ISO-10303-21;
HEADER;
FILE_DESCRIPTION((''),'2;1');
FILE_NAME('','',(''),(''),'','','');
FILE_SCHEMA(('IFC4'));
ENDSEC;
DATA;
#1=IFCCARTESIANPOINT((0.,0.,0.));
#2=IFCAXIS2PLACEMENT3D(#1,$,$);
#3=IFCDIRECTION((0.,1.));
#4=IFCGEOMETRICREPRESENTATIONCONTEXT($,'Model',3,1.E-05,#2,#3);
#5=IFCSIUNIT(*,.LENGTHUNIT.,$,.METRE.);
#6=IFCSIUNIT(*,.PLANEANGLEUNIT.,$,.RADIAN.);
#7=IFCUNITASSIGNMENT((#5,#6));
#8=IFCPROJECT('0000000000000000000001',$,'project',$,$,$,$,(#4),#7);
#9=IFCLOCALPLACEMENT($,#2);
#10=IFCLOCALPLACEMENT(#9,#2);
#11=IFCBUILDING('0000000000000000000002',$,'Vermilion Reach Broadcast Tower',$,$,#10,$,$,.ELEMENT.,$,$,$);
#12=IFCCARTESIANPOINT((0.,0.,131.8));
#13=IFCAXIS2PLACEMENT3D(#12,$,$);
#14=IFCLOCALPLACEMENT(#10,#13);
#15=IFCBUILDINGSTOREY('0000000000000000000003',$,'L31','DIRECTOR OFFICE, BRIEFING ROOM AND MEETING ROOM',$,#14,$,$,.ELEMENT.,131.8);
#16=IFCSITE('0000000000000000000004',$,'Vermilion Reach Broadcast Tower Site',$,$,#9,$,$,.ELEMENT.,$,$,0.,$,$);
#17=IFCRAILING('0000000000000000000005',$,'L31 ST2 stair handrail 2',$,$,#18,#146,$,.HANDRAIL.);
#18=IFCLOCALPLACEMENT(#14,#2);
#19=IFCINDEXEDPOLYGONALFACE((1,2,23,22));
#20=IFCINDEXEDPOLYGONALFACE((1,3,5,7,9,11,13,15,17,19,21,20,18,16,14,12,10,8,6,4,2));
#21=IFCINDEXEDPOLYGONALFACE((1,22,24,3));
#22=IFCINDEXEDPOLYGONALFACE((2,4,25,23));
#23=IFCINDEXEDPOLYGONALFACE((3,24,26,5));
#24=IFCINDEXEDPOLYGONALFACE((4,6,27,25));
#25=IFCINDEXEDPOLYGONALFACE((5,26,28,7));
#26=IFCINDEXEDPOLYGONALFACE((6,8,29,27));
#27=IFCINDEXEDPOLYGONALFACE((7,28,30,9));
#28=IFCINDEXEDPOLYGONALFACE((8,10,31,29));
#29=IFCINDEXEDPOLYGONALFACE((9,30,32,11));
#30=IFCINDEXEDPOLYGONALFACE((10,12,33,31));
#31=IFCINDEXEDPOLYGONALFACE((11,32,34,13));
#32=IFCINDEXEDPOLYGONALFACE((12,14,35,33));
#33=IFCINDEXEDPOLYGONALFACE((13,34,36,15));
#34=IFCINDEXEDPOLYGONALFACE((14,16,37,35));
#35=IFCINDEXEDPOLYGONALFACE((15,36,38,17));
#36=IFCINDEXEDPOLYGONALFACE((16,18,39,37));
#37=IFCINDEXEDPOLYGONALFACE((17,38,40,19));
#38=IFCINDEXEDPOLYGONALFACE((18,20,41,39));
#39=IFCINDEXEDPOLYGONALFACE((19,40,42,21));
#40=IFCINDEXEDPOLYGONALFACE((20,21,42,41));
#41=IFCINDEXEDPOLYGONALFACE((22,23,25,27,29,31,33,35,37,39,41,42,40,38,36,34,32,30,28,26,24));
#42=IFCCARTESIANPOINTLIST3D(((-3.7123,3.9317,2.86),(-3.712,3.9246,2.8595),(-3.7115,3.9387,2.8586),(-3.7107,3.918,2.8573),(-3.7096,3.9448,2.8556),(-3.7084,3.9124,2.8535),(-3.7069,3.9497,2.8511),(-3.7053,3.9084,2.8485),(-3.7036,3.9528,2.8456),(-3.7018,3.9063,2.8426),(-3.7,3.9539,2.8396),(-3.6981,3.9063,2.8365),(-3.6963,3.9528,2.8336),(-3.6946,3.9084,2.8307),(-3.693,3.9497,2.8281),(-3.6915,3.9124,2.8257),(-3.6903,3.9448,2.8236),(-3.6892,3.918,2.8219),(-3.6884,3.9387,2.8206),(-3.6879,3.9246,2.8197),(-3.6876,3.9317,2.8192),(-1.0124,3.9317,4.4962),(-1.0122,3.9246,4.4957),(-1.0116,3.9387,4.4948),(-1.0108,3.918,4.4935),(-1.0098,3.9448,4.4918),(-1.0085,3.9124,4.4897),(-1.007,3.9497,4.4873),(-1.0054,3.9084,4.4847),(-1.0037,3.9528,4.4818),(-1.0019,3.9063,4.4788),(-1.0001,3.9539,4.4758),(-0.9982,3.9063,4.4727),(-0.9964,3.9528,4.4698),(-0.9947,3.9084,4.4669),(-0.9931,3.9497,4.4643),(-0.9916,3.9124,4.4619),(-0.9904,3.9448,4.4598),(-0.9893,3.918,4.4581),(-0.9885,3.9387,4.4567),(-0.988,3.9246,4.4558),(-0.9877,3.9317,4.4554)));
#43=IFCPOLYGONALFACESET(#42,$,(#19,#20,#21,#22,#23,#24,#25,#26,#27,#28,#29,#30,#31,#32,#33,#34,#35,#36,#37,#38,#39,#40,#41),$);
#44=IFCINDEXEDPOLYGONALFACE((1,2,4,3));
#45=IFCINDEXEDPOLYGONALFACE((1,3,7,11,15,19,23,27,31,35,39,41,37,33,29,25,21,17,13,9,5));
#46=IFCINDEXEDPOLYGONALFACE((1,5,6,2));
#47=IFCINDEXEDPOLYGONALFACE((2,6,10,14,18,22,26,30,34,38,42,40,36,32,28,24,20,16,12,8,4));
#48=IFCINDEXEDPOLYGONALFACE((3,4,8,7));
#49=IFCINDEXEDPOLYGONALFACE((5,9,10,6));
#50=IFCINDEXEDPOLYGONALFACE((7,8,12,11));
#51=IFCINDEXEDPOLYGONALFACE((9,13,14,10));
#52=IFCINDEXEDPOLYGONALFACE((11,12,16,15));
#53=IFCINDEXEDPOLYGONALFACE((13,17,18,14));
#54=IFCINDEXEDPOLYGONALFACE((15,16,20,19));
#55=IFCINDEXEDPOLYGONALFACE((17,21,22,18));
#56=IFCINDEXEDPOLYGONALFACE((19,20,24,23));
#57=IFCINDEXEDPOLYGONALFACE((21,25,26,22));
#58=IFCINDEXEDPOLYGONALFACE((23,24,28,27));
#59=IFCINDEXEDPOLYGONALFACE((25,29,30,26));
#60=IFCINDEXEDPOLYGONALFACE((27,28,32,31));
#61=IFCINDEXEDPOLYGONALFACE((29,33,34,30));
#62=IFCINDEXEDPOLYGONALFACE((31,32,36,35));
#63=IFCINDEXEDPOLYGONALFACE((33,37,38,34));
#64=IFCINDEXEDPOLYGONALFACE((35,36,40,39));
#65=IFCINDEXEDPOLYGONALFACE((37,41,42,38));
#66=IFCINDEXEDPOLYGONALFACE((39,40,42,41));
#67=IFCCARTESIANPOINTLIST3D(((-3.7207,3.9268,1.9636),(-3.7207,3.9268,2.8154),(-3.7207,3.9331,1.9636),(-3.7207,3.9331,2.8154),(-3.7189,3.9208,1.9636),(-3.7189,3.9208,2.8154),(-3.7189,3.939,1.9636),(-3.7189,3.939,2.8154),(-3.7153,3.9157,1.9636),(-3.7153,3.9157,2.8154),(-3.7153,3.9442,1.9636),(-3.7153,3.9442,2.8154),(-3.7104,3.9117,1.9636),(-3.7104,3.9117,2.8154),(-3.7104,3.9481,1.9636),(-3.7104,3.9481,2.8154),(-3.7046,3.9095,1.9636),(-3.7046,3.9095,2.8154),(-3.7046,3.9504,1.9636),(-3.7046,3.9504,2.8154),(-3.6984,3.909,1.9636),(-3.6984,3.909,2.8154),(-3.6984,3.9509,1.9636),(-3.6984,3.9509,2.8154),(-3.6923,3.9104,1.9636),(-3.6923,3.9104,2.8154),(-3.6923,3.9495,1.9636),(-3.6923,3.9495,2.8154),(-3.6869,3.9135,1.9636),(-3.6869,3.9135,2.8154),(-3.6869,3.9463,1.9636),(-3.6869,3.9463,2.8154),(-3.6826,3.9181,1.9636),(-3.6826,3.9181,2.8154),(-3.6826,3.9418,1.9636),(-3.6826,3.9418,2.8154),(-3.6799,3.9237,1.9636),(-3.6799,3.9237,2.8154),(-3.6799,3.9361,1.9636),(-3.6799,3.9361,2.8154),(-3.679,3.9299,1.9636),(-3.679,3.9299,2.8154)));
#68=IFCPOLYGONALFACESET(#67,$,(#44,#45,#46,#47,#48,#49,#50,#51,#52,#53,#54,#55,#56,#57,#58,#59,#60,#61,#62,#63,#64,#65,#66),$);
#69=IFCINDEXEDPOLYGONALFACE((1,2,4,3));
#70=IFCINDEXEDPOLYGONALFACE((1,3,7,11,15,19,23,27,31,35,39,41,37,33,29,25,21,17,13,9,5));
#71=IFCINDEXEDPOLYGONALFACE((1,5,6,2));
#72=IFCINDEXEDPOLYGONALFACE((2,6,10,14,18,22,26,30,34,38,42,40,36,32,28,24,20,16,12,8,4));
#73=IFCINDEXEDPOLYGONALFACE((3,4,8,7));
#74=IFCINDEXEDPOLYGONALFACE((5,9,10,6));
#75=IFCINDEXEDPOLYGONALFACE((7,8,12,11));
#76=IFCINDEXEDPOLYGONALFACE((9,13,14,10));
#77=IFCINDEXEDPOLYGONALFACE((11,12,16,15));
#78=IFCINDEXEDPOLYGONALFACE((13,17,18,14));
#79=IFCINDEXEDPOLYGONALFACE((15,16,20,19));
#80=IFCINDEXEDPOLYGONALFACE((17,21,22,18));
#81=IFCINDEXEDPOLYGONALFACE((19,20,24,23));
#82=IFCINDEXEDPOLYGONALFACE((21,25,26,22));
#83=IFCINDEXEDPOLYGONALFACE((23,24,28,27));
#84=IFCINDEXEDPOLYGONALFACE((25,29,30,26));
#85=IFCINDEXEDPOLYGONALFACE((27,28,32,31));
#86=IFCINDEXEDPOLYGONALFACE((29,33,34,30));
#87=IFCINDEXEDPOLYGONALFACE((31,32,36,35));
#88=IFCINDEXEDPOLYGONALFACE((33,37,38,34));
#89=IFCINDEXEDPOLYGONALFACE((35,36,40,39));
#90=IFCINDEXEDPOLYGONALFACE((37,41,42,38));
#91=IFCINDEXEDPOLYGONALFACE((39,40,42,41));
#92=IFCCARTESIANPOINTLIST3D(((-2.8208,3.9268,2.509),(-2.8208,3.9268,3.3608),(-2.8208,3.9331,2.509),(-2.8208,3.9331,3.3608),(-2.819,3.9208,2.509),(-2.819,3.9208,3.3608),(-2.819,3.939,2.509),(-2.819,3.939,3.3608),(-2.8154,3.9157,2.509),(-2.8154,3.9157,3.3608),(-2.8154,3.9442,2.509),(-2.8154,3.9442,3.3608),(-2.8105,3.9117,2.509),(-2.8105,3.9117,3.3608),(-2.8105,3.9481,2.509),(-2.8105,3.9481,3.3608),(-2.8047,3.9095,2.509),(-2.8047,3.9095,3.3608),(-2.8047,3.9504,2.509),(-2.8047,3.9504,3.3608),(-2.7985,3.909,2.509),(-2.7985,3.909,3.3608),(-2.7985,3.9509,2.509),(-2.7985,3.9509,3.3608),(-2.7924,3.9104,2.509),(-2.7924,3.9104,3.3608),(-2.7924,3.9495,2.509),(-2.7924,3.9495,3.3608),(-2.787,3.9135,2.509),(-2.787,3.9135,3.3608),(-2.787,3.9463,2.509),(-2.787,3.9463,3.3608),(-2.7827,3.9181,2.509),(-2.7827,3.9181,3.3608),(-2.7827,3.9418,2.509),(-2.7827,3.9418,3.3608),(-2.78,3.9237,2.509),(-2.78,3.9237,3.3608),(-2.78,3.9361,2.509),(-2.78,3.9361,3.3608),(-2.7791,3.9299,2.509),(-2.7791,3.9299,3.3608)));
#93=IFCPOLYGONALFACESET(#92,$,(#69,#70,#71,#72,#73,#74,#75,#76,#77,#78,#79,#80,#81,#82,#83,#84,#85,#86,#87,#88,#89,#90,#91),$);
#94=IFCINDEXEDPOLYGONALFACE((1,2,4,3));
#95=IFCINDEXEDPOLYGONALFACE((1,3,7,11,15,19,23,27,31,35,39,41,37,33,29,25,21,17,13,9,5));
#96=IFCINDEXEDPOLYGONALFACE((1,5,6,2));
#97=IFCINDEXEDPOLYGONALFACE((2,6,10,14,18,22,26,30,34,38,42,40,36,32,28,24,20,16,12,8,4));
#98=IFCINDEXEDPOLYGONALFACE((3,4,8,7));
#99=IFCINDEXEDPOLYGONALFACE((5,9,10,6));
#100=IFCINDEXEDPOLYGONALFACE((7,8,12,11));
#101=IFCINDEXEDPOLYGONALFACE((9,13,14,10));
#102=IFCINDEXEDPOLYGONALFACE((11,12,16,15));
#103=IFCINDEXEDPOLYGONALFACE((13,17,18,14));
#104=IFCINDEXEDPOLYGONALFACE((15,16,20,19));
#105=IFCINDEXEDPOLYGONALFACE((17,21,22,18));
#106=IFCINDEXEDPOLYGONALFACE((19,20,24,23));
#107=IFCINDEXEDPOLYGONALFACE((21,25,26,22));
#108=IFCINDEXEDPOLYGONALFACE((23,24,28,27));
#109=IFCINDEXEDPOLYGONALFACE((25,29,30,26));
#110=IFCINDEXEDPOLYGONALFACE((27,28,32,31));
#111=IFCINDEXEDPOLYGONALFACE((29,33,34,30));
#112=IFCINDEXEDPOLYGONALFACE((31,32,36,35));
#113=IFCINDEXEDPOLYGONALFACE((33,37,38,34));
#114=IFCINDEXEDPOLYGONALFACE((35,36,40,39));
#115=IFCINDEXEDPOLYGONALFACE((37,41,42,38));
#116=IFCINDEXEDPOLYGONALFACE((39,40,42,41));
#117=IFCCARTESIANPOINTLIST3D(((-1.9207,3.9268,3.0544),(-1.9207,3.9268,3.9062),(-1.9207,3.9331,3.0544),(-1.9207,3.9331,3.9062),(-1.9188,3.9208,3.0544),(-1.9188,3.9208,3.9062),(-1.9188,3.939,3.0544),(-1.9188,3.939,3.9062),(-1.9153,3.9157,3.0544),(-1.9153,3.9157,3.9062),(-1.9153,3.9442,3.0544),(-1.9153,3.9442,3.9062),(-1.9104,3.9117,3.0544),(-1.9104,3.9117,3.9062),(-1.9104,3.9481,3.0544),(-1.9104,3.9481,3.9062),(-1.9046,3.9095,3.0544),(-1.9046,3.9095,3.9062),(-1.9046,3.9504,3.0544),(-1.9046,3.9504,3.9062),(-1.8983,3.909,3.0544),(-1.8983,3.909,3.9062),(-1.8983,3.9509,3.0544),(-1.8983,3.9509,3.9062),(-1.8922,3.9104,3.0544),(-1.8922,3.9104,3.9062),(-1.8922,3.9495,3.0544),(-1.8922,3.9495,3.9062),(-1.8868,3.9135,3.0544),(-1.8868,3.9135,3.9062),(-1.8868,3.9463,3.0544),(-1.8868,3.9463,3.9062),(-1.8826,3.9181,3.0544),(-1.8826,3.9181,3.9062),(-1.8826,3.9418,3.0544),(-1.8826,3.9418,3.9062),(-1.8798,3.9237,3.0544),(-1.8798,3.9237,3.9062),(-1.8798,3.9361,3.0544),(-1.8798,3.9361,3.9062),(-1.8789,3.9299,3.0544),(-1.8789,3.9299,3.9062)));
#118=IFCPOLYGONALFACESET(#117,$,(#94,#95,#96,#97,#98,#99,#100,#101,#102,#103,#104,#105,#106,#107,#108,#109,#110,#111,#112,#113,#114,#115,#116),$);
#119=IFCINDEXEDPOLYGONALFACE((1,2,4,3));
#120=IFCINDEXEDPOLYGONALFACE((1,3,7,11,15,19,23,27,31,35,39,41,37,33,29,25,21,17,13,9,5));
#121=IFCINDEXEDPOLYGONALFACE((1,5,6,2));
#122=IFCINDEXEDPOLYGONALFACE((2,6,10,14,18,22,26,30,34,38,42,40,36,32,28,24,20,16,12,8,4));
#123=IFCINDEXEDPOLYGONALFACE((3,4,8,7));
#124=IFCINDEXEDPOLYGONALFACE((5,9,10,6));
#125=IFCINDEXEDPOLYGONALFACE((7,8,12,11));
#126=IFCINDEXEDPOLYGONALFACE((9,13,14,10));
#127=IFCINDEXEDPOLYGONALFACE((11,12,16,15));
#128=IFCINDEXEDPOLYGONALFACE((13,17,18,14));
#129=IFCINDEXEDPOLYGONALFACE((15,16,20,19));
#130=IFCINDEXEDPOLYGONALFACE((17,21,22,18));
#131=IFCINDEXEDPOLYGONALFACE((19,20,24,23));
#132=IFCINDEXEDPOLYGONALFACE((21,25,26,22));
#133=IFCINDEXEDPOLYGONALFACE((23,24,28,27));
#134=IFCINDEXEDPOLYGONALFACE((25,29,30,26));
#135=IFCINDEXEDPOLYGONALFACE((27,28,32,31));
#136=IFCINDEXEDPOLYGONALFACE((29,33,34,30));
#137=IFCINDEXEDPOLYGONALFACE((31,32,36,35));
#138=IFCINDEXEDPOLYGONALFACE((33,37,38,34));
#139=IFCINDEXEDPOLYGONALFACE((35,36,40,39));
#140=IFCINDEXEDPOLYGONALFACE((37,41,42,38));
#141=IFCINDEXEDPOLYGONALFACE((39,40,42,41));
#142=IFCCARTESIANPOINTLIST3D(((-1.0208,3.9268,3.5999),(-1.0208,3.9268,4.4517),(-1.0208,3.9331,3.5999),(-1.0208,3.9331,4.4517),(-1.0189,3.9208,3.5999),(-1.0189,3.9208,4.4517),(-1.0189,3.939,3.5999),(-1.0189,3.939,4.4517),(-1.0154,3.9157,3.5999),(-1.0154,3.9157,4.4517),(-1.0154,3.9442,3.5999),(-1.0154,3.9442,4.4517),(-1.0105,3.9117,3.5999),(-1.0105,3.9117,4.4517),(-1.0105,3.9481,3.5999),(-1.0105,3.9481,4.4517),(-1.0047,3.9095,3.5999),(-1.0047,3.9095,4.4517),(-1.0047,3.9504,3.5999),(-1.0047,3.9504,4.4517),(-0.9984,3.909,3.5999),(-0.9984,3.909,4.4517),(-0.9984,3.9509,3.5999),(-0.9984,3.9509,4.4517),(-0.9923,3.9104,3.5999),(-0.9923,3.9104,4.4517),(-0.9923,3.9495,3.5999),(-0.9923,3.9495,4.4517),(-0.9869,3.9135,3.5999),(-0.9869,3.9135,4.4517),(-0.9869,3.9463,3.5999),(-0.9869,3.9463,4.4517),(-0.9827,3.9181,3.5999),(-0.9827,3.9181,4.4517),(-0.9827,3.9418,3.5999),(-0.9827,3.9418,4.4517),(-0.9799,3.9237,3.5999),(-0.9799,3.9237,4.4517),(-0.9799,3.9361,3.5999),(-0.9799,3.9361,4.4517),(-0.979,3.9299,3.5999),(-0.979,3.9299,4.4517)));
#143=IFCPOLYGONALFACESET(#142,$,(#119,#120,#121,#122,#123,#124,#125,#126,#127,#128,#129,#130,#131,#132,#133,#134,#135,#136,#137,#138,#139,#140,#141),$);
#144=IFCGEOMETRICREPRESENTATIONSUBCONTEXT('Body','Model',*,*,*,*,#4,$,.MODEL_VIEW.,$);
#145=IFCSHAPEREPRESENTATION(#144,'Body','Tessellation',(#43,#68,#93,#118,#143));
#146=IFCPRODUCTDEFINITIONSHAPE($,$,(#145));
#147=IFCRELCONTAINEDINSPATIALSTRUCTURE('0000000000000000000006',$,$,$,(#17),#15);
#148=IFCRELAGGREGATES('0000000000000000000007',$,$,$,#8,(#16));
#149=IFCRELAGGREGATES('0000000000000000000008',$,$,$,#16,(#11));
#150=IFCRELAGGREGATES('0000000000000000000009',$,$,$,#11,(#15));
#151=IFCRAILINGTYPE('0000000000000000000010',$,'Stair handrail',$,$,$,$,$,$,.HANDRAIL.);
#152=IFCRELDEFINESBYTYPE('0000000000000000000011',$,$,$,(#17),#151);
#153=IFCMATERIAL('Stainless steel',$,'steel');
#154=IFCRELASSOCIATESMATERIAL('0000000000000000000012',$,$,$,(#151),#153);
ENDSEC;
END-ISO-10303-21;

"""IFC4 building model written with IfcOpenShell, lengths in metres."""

from ifc_helpers import new_model, si_unit, direction, frame, origin, origin_2d, place, context, subcontext, project, spatial, circle, extrude, material, type_object, element, save


model = new_model("IFC4")

# Units and contexts
model_context = context("Model", 3, precision=1e-05, world=origin(), true_north=direction((0.0, 1.0)))
body_context = subcontext(model_context, "Body", "Model", "MODEL_VIEW")
ifc_project = project(units=[si_unit("LENGTHUNIT", "METRE"), si_unit("PLANEANGLEUNIT", "RADIAN")], contexts=[model_context])

# Site, building, storey
site_placement = place(None, origin())
site = spatial("IfcSite", under=ifc_project, at=site_placement, Name="Vermilion Reach Broadcast Tower Site", CompositionType="ELEMENT", RefElevation=0.0)
building_placement = place(site_placement, origin())
building = spatial("IfcBuilding", under=site, at=building_placement, Name="Vermilion Reach Broadcast Tower", CompositionType="ELEMENT")
storey_placement = place(building_placement, frame((0.0, 0.0, 131.8)))
storey = spatial("IfcBuildingStorey", under=building, at=storey_placement, Name="L31", Description="DIRECTOR OFFICE, BRIEFING ROOM AND MEETING ROOM", CompositionType="ELEMENT", Elevation=131.8)

# Railing
ifc_material_1 = material(Name="Stainless steel", Category="steel")
railing_type_1 = type_object("IfcRailingType", Name="Stair handrail", PredefinedType="HANDRAIL", material=ifc_material_1)
railing_1_placement = place(storey_placement, frame((-3.7, 3.9299, 1.9636)))
element("IfcRailing", 1, at=railing_1_placement, inside=storey, type_object=railing_type_1, Name="L31 ST2 stair handrail 2", PredefinedType="HANDRAIL", context=body_context, shape_type="SweptSolid", body=[
    extrude(circle(Radius=0.0239, at=origin_2d()), frame((0.0, 0.0, 0.876), z_axis=(0.855212, 0.0, 0.518278), x_axis=(0.0, 1.0, 0.0)), (0.0, 0.0, 1.0), 3.157),
    extrude(circle(Radius=0.021, at=origin_2d()), origin(), (0.0, 0.0, 1.0), 0.8518),
    extrude(circle(Radius=0.021, at=origin_2d()), frame((0.8999, 0.0, 0.5454)), (0.0, 0.0, 1.0), 0.8518),
    extrude(circle(Radius=0.021, at=origin_2d()), frame((1.8, 0.0, 1.0908)), (0.0, 0.0, 1.0), 0.8518),
    extrude(circle(Radius=0.021, at=origin_2d()), frame((2.7, 0.0, 1.6362)), (0.0, 0.0, 1.0), 0.8518),
])

save(model, "model.ifc")
